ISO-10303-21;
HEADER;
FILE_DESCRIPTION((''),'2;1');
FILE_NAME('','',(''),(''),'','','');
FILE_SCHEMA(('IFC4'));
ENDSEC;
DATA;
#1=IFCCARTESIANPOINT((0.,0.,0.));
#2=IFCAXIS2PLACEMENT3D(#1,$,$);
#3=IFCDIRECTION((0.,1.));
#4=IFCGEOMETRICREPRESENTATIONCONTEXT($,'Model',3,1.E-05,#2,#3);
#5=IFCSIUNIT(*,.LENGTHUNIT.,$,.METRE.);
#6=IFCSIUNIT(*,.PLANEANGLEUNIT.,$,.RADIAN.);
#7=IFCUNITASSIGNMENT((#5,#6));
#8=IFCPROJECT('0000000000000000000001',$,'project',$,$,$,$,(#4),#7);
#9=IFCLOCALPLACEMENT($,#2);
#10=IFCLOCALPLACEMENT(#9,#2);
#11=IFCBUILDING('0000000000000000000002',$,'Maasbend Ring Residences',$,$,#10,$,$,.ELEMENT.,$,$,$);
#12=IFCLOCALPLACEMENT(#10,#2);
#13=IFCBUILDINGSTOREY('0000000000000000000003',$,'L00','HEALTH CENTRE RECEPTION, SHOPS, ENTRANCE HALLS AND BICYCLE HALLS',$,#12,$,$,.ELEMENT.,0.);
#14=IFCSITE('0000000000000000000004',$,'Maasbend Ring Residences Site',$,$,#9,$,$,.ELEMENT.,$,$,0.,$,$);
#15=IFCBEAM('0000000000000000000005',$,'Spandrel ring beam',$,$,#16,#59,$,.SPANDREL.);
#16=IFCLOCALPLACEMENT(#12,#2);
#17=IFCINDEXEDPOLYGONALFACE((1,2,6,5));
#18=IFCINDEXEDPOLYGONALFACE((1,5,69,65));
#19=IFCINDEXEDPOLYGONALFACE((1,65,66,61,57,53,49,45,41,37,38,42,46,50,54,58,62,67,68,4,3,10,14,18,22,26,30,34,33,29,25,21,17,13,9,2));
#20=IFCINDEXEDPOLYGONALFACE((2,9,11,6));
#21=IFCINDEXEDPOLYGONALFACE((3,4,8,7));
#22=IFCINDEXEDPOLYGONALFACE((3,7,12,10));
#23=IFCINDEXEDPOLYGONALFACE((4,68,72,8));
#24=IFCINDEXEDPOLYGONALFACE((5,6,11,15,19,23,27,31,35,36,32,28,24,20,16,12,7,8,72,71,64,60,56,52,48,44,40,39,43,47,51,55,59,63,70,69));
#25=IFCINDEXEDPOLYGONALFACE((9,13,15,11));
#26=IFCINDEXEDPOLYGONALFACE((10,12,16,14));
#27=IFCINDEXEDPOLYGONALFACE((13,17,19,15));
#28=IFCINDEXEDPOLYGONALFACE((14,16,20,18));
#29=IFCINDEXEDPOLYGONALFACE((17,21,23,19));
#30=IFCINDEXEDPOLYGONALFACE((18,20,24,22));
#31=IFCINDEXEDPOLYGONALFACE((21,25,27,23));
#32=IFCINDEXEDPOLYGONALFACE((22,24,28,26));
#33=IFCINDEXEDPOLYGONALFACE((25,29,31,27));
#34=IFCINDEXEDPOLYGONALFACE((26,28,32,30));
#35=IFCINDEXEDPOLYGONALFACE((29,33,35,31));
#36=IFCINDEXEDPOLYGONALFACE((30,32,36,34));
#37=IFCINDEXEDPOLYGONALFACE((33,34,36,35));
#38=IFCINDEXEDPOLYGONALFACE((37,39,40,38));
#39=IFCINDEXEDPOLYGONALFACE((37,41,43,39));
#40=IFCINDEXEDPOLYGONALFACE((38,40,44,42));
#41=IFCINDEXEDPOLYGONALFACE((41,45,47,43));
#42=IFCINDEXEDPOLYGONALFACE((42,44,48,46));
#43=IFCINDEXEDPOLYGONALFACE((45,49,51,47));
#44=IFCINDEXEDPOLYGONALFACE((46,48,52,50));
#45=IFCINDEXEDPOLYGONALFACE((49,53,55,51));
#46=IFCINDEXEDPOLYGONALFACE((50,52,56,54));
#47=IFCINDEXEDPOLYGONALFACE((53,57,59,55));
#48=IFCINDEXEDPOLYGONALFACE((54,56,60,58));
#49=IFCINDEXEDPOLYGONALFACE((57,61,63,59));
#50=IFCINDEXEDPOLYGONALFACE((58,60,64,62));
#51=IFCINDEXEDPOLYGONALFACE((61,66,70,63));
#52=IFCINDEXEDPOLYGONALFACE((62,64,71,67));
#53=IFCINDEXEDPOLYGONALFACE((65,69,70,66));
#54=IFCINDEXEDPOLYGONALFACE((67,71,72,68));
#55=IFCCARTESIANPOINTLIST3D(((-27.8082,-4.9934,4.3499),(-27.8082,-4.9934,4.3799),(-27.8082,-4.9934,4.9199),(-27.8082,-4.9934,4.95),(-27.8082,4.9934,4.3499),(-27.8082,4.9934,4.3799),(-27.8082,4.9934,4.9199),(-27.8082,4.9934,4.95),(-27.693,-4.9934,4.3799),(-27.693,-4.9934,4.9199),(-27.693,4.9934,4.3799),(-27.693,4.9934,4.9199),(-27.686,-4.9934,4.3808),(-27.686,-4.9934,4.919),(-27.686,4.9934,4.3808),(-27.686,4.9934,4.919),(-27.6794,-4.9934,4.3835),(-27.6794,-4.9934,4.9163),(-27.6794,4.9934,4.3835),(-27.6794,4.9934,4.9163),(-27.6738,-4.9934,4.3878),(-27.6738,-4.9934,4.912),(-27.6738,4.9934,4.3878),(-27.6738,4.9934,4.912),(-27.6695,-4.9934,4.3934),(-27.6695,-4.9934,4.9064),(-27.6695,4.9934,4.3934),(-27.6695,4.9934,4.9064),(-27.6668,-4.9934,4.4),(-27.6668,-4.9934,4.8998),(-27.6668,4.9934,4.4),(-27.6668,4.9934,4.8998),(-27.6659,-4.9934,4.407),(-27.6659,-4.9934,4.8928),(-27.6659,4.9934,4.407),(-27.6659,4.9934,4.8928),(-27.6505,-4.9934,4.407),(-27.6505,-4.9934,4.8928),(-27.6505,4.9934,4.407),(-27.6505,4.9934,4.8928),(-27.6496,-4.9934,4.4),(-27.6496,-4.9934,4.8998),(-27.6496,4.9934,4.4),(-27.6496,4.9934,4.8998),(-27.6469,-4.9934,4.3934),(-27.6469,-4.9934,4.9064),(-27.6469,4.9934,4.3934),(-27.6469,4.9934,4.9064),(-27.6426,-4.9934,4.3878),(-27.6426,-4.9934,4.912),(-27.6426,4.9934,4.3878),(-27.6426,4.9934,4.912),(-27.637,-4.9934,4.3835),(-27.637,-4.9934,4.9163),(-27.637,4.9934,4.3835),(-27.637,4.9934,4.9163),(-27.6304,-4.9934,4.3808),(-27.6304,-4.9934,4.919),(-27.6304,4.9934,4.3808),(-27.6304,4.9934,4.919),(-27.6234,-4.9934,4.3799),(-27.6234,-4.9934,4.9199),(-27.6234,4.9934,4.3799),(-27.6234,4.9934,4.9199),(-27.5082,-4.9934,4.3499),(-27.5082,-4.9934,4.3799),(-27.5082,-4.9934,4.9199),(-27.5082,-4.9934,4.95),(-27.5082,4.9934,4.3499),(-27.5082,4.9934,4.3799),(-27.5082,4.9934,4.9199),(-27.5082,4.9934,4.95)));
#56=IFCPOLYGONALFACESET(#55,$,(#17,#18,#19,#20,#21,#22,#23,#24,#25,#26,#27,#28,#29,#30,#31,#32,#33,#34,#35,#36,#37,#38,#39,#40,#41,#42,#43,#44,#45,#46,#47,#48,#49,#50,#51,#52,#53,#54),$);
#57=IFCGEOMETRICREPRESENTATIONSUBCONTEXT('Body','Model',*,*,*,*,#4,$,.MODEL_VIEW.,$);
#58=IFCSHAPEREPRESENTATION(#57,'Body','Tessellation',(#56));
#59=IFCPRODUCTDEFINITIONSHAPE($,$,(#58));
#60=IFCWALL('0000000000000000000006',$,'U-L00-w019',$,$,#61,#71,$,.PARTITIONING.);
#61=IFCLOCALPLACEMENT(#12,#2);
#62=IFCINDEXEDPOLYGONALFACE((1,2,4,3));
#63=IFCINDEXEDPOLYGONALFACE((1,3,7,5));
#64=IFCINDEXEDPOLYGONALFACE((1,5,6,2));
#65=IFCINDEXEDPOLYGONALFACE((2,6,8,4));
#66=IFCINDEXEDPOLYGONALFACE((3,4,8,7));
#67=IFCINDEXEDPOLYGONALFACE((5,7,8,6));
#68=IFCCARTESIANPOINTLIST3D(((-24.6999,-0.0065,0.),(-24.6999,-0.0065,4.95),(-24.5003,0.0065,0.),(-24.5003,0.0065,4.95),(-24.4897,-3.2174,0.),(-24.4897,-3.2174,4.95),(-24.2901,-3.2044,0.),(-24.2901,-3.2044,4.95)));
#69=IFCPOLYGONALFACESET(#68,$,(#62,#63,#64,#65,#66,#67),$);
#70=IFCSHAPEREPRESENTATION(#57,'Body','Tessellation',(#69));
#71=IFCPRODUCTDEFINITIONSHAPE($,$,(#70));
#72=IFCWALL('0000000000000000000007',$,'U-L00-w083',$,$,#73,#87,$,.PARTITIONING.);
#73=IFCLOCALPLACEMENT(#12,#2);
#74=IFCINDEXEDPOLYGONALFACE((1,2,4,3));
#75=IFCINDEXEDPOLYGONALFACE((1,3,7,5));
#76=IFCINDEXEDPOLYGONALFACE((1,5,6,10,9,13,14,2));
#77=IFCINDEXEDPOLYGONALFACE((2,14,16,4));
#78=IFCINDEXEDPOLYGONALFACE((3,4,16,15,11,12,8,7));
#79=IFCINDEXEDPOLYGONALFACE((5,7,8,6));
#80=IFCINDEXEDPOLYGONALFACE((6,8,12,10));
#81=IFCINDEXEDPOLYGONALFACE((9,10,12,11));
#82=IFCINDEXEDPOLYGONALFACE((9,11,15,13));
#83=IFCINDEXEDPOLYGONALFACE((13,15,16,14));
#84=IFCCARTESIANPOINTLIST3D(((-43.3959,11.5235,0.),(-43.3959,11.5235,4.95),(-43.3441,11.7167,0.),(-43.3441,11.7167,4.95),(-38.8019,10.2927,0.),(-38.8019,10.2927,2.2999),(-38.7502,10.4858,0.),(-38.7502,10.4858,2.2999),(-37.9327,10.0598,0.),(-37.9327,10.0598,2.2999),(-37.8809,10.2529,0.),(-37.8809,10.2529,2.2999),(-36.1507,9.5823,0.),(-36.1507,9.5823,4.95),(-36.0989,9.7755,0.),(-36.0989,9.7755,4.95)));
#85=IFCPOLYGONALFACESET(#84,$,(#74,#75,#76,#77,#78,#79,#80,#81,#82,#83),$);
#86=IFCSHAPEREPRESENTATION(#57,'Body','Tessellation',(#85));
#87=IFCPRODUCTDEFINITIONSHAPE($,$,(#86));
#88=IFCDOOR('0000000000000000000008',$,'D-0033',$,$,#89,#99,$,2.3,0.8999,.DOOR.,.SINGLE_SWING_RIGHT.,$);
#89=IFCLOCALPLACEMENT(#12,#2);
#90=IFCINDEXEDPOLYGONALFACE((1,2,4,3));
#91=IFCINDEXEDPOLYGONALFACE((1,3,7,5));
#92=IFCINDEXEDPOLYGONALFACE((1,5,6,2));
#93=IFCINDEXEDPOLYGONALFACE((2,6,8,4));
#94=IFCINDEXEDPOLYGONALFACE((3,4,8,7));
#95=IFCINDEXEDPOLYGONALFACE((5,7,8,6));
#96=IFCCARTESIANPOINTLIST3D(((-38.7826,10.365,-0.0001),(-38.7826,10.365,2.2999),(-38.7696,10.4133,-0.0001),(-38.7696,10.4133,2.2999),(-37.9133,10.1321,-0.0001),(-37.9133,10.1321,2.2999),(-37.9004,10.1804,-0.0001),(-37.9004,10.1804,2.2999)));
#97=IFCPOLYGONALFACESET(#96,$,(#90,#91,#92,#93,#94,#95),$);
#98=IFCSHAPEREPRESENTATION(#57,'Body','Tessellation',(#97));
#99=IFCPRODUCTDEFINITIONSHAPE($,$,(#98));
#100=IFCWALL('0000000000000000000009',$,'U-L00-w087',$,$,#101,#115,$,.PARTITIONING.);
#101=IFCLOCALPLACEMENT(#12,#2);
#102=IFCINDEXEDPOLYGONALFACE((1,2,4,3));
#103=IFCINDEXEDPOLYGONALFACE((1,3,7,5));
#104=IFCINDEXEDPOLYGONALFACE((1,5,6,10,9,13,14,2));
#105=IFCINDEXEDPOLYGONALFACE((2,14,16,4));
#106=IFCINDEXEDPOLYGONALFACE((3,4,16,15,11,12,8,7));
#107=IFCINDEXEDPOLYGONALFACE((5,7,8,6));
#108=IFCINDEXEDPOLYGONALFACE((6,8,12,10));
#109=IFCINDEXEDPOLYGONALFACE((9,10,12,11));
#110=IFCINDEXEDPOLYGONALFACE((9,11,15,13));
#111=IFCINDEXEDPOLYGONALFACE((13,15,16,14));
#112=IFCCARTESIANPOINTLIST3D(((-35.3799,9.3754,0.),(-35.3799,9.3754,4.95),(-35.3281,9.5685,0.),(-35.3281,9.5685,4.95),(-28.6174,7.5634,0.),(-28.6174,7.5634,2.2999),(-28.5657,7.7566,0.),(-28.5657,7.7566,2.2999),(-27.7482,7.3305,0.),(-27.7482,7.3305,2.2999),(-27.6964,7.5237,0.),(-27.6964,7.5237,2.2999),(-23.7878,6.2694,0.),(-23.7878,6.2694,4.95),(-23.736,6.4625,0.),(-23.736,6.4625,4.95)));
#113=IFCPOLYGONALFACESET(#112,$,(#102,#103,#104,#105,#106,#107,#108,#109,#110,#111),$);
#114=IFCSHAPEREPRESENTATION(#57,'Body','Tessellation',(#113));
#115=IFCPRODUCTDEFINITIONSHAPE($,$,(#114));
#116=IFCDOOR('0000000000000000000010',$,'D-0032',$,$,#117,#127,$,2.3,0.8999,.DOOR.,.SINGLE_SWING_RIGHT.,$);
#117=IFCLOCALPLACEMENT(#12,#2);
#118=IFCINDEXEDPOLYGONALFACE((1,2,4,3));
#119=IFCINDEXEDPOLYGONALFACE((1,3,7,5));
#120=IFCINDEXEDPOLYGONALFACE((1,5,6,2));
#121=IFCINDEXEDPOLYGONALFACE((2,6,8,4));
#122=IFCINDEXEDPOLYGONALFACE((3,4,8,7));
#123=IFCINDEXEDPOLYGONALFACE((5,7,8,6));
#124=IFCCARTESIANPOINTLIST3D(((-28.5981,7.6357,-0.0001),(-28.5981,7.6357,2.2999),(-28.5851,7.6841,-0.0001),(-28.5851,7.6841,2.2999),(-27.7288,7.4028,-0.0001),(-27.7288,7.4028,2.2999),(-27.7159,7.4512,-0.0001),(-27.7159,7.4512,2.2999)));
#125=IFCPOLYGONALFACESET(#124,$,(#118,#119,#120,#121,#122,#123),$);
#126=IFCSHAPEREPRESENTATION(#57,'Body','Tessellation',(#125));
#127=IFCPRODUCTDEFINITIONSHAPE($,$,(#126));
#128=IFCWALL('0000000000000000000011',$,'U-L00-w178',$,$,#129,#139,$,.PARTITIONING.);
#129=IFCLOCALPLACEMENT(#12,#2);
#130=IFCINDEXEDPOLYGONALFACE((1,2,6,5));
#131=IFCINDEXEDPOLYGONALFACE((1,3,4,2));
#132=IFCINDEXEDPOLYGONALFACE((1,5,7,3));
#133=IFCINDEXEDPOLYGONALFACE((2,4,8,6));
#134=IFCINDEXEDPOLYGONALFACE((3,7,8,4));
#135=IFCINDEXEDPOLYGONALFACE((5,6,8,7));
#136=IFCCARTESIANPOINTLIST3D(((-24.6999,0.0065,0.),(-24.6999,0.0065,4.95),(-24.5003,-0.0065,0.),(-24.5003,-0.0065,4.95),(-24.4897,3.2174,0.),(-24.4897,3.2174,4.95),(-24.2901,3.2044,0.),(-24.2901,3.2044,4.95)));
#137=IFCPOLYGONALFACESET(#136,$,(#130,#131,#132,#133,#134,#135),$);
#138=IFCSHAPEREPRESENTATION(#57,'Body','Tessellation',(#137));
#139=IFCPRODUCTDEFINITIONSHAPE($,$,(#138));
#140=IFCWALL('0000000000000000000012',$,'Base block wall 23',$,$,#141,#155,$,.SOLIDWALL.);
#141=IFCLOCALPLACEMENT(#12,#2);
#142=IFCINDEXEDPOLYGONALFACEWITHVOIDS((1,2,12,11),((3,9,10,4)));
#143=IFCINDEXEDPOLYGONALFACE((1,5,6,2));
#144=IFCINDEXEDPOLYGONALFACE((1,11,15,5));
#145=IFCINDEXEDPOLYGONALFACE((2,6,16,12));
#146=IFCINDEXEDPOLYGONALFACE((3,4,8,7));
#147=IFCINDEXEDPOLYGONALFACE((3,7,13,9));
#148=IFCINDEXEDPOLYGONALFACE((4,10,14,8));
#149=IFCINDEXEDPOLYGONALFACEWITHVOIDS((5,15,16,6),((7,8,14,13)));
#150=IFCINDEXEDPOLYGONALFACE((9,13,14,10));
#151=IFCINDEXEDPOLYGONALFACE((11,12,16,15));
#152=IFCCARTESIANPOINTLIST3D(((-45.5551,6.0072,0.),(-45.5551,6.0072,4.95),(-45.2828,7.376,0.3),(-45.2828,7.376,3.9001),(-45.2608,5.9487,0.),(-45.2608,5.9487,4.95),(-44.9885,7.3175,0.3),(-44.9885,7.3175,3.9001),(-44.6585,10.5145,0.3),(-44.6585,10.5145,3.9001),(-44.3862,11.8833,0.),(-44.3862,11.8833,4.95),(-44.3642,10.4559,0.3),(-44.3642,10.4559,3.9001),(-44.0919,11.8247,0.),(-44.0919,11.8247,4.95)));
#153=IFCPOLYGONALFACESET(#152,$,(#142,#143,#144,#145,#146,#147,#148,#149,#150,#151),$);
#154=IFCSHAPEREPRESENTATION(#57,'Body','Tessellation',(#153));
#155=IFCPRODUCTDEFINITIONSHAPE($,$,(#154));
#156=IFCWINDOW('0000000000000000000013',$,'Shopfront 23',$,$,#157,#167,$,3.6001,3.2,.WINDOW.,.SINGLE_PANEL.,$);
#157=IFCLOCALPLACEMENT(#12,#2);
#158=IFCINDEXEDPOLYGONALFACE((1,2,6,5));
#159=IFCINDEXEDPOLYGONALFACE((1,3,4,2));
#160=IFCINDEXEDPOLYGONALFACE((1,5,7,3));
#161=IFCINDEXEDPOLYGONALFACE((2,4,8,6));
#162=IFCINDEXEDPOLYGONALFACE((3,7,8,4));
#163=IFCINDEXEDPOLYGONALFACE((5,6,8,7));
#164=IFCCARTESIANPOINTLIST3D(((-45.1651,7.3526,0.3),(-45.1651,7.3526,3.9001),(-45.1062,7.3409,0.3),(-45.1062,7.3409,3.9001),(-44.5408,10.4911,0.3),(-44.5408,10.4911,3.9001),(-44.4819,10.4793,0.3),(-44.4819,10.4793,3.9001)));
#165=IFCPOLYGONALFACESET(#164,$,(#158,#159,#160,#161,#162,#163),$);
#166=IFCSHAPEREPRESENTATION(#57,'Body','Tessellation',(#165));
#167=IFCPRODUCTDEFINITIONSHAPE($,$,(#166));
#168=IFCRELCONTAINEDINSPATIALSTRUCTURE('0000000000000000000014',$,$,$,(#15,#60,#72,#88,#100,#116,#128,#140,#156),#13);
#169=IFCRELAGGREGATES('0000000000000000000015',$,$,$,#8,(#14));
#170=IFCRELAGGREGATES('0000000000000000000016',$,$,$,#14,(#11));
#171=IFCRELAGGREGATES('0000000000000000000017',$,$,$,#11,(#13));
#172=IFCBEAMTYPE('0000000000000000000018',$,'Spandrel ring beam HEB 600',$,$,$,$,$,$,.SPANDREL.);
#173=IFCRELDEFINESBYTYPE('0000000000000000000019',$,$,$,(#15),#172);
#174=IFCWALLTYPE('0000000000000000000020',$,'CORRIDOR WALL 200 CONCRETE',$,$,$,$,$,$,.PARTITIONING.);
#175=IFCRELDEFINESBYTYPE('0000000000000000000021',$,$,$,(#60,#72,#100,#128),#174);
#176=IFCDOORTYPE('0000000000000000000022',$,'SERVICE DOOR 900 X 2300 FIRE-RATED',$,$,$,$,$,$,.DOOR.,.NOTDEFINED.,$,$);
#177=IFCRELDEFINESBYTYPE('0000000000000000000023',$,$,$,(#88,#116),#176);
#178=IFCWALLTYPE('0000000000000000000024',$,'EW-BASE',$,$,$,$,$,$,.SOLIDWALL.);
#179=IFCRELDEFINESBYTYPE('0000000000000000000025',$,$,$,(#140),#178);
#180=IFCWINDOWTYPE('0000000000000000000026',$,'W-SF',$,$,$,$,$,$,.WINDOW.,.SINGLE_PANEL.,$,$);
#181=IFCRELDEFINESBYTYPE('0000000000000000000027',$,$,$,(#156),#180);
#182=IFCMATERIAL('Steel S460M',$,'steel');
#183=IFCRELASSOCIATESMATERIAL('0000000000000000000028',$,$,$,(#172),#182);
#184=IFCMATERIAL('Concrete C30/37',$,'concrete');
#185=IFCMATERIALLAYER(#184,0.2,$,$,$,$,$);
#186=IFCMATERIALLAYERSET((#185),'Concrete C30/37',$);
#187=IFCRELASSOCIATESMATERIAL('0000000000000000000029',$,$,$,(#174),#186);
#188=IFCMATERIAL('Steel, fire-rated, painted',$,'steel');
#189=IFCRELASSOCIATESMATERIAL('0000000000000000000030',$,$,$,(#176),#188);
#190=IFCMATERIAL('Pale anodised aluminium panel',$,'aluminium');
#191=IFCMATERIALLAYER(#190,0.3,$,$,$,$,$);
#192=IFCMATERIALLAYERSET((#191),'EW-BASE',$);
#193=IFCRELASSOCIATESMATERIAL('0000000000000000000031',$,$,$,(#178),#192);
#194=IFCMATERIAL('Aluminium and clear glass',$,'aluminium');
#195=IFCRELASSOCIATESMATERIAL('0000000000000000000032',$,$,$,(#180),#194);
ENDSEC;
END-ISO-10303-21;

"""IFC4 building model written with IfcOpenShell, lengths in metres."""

from ifc_helpers import new_model, si_unit, direction, frame, frame_2d, origin, origin_2d, place, context, subcontext, project, spatial, rectangle, i_section, extrude, material, layer, layer_set, material_profile, profile_set, type_object, element, fill, save


model = new_model("IFC4")

# Units and contexts
model_context = context("Model", 3, precision=1e-05, world=origin(), true_north=direction((0.0, 1.0)))
body_context = subcontext(model_context, "Body", "Model", "MODEL_VIEW")
ifc_project = project(units=[si_unit("LENGTHUNIT", "METRE"), si_unit("PLANEANGLEUNIT", "RADIAN")], contexts=[model_context])

# Site, building, storey
site_placement = place(None, origin())
site = spatial("IfcSite", under=ifc_project, at=site_placement, Name="Maasbend Ring Residences Site", CompositionType="ELEMENT", RefElevation=0.0)
building_placement = place(site_placement, origin())
building = spatial("IfcBuilding", under=site, at=building_placement, Name="Maasbend Ring Residences", CompositionType="ELEMENT")
storey_placement = place(building_placement, origin())
storey = spatial("IfcBuildingStorey", under=building, at=storey_placement, Name="L00", Description="HEALTH CENTRE RECEPTION, SHOPS, ENTRANCE HALLS AND BICYCLE HALLS", CompositionType="ELEMENT", Elevation=0.0)

# Beam
ifc_material_1 = material(Name="Steel S460M", Category="steel")
ifc_material_profile_1 = material_profile(ifc_material_1, i_section(OverallWidth=0.3, OverallDepth=0.6001, WebThickness=0.0154, FlangeThickness=0.03, FilletRadius=0.0271, at=origin_2d()), Name="HEB 600")
ifc_profile_set_1 = profile_set([ifc_material_profile_1], Name="Steel S460M")
beam_type_1 = type_object("IfcBeamType", Name="Spandrel ring beam HEB 600", PredefinedType="SPANDREL", material=ifc_profile_set_1)
beam_1_placement = place(storey_placement, frame((-27.6582, 4.9934, 4.6499), z_axis=(0.0, -1.0, 0.0), x_axis=(1.0, 0.0, 0.0)))
element("IfcBeam", 1, at=beam_1_placement, inside=storey, type_object=beam_type_1, Name="Spandrel ring beam", PredefinedType="SPANDREL", context=body_context, shape_type="SweptSolid", body=[
    extrude(i_section(OverallWidth=0.3, OverallDepth=0.6001, WebThickness=0.0154, FlangeThickness=0.03, FilletRadius=0.0271, at=origin_2d()), origin(), (0.0, 0.0, 1.0), 9.9868),
])

# Wall
ifc_material_2 = material(Name="Concrete C30/37", Category="concrete")
ifc_layer_1 = layer(ifc_material_2, 0.2)
ifc_layer_set_1 = layer_set([ifc_layer_1], Name="Concrete C30/37")
wall_type_1 = type_object("IfcWallType", Name="CORRIDOR WALL 200 CONCRETE", PredefinedType="PARTITIONING", material=ifc_layer_set_1)
wall_1_placement = place(storey_placement, frame((-24.6001, 0.0, 0.0), z_axis=(0.0, 0.0, 1.0), x_axis=(0.065325, -0.997864, 0.0)))
element("IfcWall", 2, at=wall_1_placement, inside=storey, type_object=wall_type_1, Name="U-L00-w019", PredefinedType="PARTITIONING", context=body_context, shape_type="SweptSolid", body=[
    extrude(rectangle(XDim=3.2178, YDim=0.2, at=frame_2d((1.6089, 0.0))), origin(), (0.0, 0.0, 1.0), 4.95),
])

# Walls, openings, doors
wall_2_placement = place(storey_placement, frame((-43.3701, 11.6201, 0.0), z_axis=(0.0, 0.0, 1.0), x_axis=(0.965931, -0.258799, 0.0)))
wall_2 = element("IfcWall", 3, at=wall_2_placement, inside=storey, type_object=wall_type_1, Name="U-L00-w083", PredefinedType="PARTITIONING", context=body_context, shape_type="SweptSolid", body=[
    extrude(rectangle(XDim=7.5007, YDim=0.2, at=frame_2d((3.7505, 0.0))), origin(), (0.0, 0.0, 1.0), 4.95),
])
opening_1_placement = place(wall_2_placement, frame((4.7561, 0.0, 0.0)))
opening_1 = element("IfcOpeningElement", 4, at=opening_1_placement, cuts=wall_2, PredefinedType="OPENING", context=body_context, shape_type="SweptSolid", body=[
    extrude(rectangle(XDim=0.8999, YDim=2.3, at=frame_2d((0.45, 1.1499))), frame((0.0, 0.1099, 0.0), z_axis=(0.0, -1.0, 0.0), x_axis=(1.0, 0.0, 0.0)), (0.0, 0.0, 1.0), 0.22),
])
ifc_material_3 = material(Name="Steel, fire-rated, painted", Category="steel")
door_type_1 = type_object("IfcDoorType", Name="SERVICE DOOR 900 X 2300 FIRE-RATED", OperationType="NOTDEFINED", PredefinedType="DOOR", material=ifc_material_3)
door_1_placement = place(opening_1_placement, origin())
door_1 = element("IfcDoor", 5, at=door_1_placement, inside=storey, type_object=door_type_1, Name="D-0033", OperationType="SINGLE_SWING_RIGHT", OverallHeight=2.3, OverallWidth=0.8999, PredefinedType="DOOR", context=body_context, shape_type="SweptSolid", body=[
    extrude(rectangle(XDim=0.8999, YDim=2.3, at=frame_2d((0.45, 1.1499))), frame((0.0, 0.0249, 0.0), z_axis=(0.0, -1.0, 0.0), x_axis=(1.0, 0.0, 0.0)), (0.0, 0.0, 1.0), 0.05),
])
fill(opening_1, door_1)
wall_3_placement = place(storey_placement, frame((-35.354, 9.4719, 0.0), z_axis=(0.0, 0.0, 1.0), x_axis=(0.965928, -0.25881, 0.0)))
wall_3 = element("IfcWall", 6, at=wall_3_placement, inside=storey, type_object=wall_type_1, Name="U-L00-w087", PredefinedType="PARTITIONING", context=body_context, shape_type="SweptSolid", body=[
    extrude(rectangle(XDim=12.001, YDim=0.2, at=frame_2d((6.0005, 0.0))), origin(), (0.0, 0.0, 1.0), 4.95),
])
opening_2_placement = place(wall_3_placement, frame((7.001, 0.0, 0.0)))
opening_2 = element("IfcOpeningElement", 7, at=opening_2_placement, cuts=wall_3, PredefinedType="OPENING", context=body_context, shape_type="SweptSolid", body=[
    extrude(rectangle(XDim=0.8999, YDim=2.3, at=frame_2d((0.45, 1.1499))), frame((0.0, 0.1099, 0.0), z_axis=(0.0, -1.0, 0.0), x_axis=(1.0, 0.0, 0.0)), (0.0, 0.0, 1.0), 0.22),
])
door_2_placement = place(opening_2_placement, origin())
door_2 = element("IfcDoor", 8, at=door_2_placement, inside=storey, type_object=door_type_1, Name="D-0032", OperationType="SINGLE_SWING_RIGHT", OverallHeight=2.3, OverallWidth=0.8999, PredefinedType="DOOR", context=body_context, shape_type="SweptSolid", body=[
    extrude(rectangle(XDim=0.8999, YDim=2.3, at=frame_2d((0.45, 1.1499))), frame((0.0, 0.0249, 0.0), z_axis=(0.0, -1.0, 0.0), x_axis=(1.0, 0.0, 0.0)), (0.0, 0.0, 1.0), 0.05),
])
fill(opening_2, door_2)

# Wall
wall_4_placement = place(storey_placement, frame((-24.6001, 0.0, 0.0), z_axis=(0.0, 0.0, 1.0), x_axis=(0.065325, 0.997864, 0.0)))
element("IfcWall", 9, at=wall_4_placement, inside=storey, type_object=wall_type_1, Name="U-L00-w178", PredefinedType="PARTITIONING", context=body_context, shape_type="SweptSolid", body=[
    extrude(rectangle(XDim=3.2178, YDim=0.2, at=frame_2d((1.6089, 0.0))), origin(), (0.0, 0.0, 1.0), 4.95),
])

# Wall, opening, window
ifc_material_4 = material(Name="Pale anodised aluminium panel", Category="aluminium")
ifc_layer_2 = layer(ifc_material_4, 0.3)
ifc_layer_set_2 = layer_set([ifc_layer_2], Name="EW-BASE")
wall_type_2 = type_object("IfcWallType", Name="EW-BASE", PredefinedType="SOLIDWALL", material=ifc_layer_set_2)
wall_5_placement = place(storey_placement, frame((-44.239, 11.854, 0.0), z_axis=(0.0, 0.0, 1.0), x_axis=(-0.195113, -0.980781, 0.0)))
wall_5 = element("IfcWall", 10, at=wall_5_placement, inside=storey, type_object=wall_type_2, Name="Base block wall 23", PredefinedType="SOLIDWALL", context=body_context, shape_type="SweptSolid", body=[
    extrude(rectangle(XDim=5.9912, YDim=0.3, at=frame_2d((2.9956, 0.0))), origin(), (0.0, 0.0, 1.0), 4.95),
])
opening_3_placement = place(wall_5_placement, frame((1.3955, 0.0, 0.3)))
opening_3 = element("IfcOpeningElement", 11, at=opening_3_placement, cuts=wall_5, PredefinedType="OPENING", context=body_context, shape_type="SweptSolid", body=[
    extrude(rectangle(XDim=3.2, YDim=3.6001, at=frame_2d((1.6001, 1.8))), frame((0.0, 0.1602, 0.0), z_axis=(0.0, -1.0, 0.0), x_axis=(1.0, 0.0, 0.0)), (0.0, 0.0, 1.0), 0.3201),
])
ifc_material_5 = material(Name="Aluminium and clear glass", Category="aluminium")
window_type = type_object("IfcWindowType", Name="W-SF", PartitioningType="SINGLE_PANEL", PredefinedType="WINDOW", material=ifc_material_5)
window_1_placement = place(opening_3_placement, origin())
window_1 = element("IfcWindow", 12, at=window_1_placement, inside=storey, type_object=window_type, Name="Shopfront 23", OverallHeight=3.6001, OverallWidth=3.2, PartitioningType="SINGLE_PANEL", PredefinedType="WINDOW", context=body_context, shape_type="SweptSolid", body=[
    extrude(rectangle(XDim=3.2, YDim=3.6001, at=frame_2d((1.6001, 1.8))), frame((0.0, 0.03, 0.0), z_axis=(0.0, -1.0, 0.0), x_axis=(1.0, 0.0, 0.0)), (0.0, 0.0, 1.0), 0.0601),
])
fill(opening_3, window_1)

save(model, "model.ifc")
